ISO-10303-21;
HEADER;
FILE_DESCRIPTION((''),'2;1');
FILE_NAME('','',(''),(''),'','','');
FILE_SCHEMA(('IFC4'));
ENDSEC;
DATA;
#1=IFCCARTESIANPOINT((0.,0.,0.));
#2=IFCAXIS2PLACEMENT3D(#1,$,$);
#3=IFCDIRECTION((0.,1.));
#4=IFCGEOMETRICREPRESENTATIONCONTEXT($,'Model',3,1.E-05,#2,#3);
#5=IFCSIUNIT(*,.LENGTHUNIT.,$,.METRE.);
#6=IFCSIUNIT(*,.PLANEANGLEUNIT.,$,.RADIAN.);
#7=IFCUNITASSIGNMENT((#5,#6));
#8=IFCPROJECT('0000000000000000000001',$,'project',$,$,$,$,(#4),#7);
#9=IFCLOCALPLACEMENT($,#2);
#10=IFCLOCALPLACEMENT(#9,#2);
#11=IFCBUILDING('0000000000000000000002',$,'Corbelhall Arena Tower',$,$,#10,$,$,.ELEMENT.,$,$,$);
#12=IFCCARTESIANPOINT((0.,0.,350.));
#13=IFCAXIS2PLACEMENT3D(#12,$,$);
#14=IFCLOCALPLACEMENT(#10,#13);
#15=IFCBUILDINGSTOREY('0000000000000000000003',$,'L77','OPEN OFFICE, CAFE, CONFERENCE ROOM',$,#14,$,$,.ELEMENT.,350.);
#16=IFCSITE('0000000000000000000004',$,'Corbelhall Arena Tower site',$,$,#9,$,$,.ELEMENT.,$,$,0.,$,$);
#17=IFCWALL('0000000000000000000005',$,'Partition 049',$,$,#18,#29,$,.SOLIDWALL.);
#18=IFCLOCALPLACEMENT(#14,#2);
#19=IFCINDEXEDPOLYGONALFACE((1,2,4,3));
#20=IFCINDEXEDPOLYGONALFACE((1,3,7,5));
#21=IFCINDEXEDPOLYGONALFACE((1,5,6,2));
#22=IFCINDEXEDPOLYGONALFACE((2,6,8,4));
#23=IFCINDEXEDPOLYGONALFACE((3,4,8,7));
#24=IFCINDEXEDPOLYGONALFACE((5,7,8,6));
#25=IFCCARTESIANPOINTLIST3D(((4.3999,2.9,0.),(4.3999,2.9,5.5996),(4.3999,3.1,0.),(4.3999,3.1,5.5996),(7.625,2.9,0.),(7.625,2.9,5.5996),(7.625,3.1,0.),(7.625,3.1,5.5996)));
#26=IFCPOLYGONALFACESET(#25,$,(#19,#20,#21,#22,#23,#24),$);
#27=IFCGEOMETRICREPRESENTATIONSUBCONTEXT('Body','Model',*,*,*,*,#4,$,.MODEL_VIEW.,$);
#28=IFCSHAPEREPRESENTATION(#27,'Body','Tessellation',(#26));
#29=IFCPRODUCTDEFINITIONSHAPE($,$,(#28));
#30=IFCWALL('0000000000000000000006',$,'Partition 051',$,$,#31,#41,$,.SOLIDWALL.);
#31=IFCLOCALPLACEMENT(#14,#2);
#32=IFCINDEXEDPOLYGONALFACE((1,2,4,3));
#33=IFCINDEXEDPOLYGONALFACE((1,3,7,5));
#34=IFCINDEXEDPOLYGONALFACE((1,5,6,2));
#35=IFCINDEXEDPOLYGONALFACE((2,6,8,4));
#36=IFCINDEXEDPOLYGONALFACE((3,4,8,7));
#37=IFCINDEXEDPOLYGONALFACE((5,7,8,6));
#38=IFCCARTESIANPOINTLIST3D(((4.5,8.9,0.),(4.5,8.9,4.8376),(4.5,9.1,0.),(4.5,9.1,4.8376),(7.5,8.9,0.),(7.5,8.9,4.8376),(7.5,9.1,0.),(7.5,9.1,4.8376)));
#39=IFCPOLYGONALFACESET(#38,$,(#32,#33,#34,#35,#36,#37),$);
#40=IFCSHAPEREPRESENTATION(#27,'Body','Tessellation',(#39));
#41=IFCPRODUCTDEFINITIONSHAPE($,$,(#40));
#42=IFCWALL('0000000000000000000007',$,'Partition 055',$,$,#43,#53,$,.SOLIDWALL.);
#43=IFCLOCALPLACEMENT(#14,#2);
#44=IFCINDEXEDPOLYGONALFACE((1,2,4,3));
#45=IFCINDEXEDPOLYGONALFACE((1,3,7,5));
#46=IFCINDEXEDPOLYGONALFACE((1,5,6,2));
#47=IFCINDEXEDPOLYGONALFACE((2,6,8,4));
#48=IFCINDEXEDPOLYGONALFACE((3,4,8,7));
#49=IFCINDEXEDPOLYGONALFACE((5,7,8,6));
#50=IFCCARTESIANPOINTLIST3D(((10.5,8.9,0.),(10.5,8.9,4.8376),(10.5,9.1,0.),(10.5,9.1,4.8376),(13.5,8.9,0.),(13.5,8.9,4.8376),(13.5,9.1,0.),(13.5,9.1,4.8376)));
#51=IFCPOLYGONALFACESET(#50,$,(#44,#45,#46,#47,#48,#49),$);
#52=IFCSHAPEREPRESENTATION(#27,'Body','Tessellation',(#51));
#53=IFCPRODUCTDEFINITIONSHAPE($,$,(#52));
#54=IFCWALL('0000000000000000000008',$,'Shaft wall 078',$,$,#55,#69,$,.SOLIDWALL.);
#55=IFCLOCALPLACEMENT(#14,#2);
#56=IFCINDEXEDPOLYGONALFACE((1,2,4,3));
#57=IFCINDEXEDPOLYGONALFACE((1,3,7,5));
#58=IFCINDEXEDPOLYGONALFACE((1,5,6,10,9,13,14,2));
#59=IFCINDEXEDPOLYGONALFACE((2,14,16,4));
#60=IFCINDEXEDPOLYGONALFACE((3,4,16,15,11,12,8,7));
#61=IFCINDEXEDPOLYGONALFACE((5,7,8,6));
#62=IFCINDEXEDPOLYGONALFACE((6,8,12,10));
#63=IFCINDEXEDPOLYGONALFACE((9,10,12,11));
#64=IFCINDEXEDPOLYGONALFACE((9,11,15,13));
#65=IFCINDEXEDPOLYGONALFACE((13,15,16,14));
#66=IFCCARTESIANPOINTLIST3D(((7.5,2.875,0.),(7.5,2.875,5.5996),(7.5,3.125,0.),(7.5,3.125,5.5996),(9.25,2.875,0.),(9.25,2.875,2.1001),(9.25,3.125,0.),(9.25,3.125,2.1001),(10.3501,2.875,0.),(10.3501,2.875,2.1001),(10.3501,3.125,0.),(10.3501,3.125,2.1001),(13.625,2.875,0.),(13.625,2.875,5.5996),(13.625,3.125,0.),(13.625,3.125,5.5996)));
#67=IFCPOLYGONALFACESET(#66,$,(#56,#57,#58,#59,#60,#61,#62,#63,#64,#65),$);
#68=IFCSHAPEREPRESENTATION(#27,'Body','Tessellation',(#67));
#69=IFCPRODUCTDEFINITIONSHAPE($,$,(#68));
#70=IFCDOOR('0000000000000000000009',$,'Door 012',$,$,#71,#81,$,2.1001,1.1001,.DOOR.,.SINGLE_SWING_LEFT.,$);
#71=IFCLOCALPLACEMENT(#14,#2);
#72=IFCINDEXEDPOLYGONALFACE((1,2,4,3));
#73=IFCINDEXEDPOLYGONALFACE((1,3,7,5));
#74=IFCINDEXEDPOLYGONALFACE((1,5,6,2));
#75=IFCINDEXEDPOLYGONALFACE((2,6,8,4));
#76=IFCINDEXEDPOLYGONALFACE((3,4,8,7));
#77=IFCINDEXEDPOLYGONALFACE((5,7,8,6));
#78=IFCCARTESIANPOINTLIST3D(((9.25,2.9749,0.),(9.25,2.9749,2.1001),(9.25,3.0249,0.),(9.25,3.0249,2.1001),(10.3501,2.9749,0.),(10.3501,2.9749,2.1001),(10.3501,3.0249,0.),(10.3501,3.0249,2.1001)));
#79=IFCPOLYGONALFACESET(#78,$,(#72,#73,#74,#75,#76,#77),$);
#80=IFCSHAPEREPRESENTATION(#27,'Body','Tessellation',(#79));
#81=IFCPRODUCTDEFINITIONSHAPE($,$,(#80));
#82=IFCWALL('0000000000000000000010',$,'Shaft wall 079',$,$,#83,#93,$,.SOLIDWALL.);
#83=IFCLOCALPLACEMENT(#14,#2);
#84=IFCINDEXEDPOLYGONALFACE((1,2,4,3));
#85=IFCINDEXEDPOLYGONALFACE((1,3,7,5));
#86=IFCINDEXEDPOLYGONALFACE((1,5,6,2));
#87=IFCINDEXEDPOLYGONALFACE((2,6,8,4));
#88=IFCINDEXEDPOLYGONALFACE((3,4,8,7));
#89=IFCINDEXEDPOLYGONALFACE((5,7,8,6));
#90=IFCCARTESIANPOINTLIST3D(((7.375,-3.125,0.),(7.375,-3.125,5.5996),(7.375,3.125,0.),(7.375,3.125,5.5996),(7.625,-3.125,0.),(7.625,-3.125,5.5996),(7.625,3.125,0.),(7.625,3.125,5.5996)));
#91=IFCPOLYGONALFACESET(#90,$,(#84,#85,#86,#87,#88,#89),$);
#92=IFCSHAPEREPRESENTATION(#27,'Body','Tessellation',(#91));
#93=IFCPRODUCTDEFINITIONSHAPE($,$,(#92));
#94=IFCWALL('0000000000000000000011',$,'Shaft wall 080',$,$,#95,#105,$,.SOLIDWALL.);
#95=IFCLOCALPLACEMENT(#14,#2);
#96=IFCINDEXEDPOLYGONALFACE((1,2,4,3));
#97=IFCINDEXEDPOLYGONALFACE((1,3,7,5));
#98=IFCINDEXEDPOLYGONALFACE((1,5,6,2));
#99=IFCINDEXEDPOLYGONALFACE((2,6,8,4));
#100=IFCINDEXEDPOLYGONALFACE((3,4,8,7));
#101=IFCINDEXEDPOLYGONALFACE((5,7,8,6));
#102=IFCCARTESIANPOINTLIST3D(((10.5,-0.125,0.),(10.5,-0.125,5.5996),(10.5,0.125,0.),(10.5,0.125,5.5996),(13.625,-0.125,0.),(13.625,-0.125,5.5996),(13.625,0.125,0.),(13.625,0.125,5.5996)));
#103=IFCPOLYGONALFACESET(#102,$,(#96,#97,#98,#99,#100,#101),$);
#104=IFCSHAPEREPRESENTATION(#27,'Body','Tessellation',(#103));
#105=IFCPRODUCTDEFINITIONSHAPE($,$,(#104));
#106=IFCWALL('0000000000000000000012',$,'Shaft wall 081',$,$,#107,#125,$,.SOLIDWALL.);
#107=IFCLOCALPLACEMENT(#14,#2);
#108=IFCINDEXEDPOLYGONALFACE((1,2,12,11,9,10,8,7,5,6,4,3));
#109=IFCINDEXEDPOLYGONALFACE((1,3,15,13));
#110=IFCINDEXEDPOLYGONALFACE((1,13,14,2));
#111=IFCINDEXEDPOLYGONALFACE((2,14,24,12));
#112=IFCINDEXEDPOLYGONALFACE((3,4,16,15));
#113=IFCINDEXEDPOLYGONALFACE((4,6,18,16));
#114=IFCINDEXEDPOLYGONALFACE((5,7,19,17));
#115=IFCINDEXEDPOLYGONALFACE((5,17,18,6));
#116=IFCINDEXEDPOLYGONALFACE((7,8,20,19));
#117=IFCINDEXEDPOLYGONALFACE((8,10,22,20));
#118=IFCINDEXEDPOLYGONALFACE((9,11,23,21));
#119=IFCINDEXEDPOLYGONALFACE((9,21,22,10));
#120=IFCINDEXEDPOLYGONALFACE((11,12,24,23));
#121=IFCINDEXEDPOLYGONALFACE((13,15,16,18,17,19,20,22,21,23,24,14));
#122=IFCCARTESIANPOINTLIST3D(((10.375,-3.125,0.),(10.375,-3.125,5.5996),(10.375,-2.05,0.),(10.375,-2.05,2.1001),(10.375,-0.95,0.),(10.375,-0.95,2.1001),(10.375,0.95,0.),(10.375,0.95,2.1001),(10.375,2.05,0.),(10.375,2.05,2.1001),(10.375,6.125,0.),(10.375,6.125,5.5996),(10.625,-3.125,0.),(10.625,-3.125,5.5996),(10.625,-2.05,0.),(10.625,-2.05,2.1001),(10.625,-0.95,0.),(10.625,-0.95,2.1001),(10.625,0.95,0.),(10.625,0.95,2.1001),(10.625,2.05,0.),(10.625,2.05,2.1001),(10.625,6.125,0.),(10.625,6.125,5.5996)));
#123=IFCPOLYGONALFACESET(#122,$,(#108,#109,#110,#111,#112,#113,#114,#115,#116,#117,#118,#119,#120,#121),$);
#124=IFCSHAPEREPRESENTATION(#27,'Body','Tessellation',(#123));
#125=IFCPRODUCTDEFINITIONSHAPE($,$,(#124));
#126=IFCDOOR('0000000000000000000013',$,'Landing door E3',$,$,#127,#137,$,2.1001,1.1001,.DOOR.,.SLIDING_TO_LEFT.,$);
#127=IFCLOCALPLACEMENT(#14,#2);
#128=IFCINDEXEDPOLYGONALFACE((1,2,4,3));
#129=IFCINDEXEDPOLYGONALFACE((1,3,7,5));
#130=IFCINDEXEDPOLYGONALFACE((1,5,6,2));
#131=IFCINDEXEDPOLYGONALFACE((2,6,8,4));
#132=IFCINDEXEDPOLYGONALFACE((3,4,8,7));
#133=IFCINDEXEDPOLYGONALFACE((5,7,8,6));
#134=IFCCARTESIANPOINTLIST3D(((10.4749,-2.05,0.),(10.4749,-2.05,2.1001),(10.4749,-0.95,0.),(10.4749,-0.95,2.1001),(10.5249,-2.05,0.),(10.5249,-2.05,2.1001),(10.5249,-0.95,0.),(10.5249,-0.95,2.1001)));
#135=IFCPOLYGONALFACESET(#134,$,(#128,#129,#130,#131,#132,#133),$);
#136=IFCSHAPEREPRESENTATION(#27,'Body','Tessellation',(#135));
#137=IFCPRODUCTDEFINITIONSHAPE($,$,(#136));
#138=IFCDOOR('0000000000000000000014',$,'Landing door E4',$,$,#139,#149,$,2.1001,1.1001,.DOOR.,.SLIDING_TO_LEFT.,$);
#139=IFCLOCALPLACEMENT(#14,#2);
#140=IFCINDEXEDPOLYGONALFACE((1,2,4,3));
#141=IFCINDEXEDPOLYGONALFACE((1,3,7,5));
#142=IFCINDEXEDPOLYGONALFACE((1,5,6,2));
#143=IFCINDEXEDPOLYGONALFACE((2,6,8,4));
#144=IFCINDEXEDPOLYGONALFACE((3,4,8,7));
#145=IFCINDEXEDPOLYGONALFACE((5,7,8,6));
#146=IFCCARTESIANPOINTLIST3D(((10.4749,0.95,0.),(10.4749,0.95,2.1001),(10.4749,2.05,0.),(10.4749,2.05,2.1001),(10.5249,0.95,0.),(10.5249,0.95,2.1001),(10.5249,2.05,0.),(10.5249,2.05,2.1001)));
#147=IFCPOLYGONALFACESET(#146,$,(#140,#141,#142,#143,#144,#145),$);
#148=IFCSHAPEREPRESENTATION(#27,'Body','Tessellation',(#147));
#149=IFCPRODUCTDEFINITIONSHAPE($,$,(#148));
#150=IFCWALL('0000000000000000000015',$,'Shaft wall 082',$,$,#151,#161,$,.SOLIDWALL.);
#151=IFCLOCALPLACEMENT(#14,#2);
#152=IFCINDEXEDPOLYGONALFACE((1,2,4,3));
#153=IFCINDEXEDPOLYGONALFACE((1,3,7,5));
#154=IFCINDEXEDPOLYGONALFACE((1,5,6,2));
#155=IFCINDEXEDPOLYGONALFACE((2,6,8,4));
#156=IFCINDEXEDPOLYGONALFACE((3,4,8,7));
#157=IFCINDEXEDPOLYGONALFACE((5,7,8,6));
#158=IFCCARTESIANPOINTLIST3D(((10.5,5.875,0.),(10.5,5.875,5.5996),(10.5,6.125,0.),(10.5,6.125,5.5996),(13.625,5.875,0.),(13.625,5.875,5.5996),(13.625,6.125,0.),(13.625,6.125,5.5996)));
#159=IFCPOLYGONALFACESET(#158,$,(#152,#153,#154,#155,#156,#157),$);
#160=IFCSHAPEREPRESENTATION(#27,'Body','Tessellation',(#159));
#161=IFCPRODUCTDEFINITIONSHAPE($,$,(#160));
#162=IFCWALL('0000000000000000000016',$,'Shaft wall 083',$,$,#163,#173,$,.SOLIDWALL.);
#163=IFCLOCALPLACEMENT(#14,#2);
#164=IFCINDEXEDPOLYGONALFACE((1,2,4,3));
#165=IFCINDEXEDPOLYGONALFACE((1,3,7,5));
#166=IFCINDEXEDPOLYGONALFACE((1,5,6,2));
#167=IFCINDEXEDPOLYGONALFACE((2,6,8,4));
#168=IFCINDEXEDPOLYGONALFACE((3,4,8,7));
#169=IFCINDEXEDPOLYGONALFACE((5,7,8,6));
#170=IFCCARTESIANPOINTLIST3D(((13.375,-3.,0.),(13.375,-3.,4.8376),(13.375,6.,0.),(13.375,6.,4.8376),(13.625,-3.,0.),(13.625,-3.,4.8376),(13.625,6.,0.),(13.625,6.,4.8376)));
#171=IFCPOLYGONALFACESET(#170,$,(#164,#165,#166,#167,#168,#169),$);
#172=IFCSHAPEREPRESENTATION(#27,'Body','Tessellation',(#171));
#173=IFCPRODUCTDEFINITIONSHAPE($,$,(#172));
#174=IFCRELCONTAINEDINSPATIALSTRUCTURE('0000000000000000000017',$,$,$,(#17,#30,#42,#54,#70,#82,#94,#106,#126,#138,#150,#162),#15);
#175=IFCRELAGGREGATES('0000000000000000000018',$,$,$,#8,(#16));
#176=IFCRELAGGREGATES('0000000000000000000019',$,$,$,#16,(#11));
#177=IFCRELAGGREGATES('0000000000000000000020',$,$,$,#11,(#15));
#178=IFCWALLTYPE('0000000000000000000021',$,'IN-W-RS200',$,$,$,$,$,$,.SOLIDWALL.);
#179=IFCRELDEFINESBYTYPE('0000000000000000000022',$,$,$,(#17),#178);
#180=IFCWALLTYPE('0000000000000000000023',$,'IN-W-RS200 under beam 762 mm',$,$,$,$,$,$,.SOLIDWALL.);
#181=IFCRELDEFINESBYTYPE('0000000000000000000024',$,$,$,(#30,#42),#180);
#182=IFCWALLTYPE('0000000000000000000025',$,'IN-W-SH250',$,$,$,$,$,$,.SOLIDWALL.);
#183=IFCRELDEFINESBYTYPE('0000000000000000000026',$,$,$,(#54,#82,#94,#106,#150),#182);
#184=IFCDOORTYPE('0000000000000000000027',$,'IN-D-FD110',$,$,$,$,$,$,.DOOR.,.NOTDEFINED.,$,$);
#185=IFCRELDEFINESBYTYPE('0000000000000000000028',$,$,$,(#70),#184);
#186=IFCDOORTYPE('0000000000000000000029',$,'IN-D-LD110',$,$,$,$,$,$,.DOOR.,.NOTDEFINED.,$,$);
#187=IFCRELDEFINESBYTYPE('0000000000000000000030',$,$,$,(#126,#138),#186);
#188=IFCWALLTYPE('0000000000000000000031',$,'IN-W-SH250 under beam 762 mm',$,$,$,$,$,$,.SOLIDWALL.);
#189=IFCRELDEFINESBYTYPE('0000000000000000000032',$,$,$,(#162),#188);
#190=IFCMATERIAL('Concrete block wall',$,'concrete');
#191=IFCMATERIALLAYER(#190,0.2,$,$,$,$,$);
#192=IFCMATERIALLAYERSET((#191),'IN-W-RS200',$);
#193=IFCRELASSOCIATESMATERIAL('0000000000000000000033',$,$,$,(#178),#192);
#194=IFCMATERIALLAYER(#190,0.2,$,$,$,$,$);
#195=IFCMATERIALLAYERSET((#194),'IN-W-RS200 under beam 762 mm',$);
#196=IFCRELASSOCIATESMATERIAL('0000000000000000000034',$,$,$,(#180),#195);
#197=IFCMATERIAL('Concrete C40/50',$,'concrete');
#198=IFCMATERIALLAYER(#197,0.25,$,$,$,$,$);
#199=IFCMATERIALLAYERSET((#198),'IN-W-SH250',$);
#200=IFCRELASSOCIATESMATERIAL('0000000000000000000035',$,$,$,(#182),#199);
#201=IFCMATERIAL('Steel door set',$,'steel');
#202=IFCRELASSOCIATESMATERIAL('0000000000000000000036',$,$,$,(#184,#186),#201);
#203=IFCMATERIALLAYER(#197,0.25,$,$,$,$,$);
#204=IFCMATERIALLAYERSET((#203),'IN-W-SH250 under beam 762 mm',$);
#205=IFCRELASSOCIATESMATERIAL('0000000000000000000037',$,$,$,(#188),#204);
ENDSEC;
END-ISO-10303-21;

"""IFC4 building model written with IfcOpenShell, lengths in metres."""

from ifc_helpers import new_model, si_unit, direction, frame, frame_2d, origin, place, context, subcontext, project, spatial, rectangle, extrude, material, layer, layer_set, type_object, element, fill, save


model = new_model("IFC4")

# Units and contexts
model_context = context("Model", 3, precision=1e-05, world=origin(), true_north=direction((0.0, 1.0)))
body_context = subcontext(model_context, "Body", "Model", "MODEL_VIEW")
ifc_project = project(units=[si_unit("LENGTHUNIT", "METRE"), si_unit("PLANEANGLEUNIT", "RADIAN")], contexts=[model_context])

# Site, building, storey
site_placement = place(None, origin())
site = spatial("IfcSite", under=ifc_project, at=site_placement, Name="Corbelhall Arena Tower site", CompositionType="ELEMENT", RefElevation=0.0)
building_placement = place(site_placement, origin())
building = spatial("IfcBuilding", under=site, at=building_placement, Name="Corbelhall Arena Tower", CompositionType="ELEMENT")
storey_placement = place(building_placement, frame((0.0, 0.0, 350.0)))
storey = spatial("IfcBuildingStorey", under=building, at=storey_placement, Name="L77", Description="OPEN OFFICE, CAFE, CONFERENCE ROOM", CompositionType="ELEMENT", Elevation=350.0)

# Shared definitions
ifc_material_1 = material(Name="Concrete C40/50", Category="concrete")

# Walls
ifc_material_2 = material(Name="Concrete block wall", Category="concrete")
ifc_layer_1 = layer(ifc_material_2, 0.2)
ifc_layer_set_1 = layer_set([ifc_layer_1], Name="IN-W-RS200")
wall_type_1 = type_object("IfcWallType", Name="IN-W-RS200", PredefinedType="SOLIDWALL", material=ifc_layer_set_1)
wall_1_placement = place(storey_placement, frame((4.3999, 3.0, 0.0), z_axis=(0.0, 0.0, 1.0), x_axis=(1.0, 0.0, 0.0)))
element("IfcWall", 1, at=wall_1_placement, inside=storey, type_object=wall_type_1, Name="Partition 049", PredefinedType="SOLIDWALL", context=body_context, shape_type="SweptSolid", body=[
    extrude(rectangle(XDim=3.2251, YDim=0.2, at=frame_2d((1.6125, 0.0))), origin(), (0.0, 0.0, 1.0), 5.5996),
])
ifc_layer_2 = layer(ifc_material_2, 0.2)
ifc_layer_set_2 = layer_set([ifc_layer_2], Name="IN-W-RS200 under beam 762 mm")
wall_type_2 = type_object("IfcWallType", Name="IN-W-RS200 under beam 762 mm", PredefinedType="SOLIDWALL", material=ifc_layer_set_2)
for number, where, z_axis, x_axis, name in (
    (2, (4.5, 9.0, 0.0), (0.0, 0.0, 1.0), (1.0, 0.0, 0.0), "Partition 051"),
    (3, (10.5, 9.0, 0.0), (0.0, 0.0, 1.0), (1.0, 0.0, 0.0), "Partition 055"),
):
    element("IfcWall", number, at=place(storey_placement, frame(where, z_axis=z_axis, x_axis=x_axis)), inside=storey, type_object=wall_type_2, Name=name, PredefinedType="SOLIDWALL", context=body_context, shape_type="SweptSolid", body=[
        extrude(rectangle(XDim=3.0, YDim=0.2, at=frame_2d((1.5, 0.0))), origin(), (0.0, 0.0, 1.0), 4.8376),
    ])

# Wall, opening, door
ifc_layer_3 = layer(ifc_material_1, 0.25)
ifc_layer_set_3 = layer_set([ifc_layer_3], Name="IN-W-SH250")
wall_type_3 = type_object("IfcWallType", Name="IN-W-SH250", PredefinedType="SOLIDWALL", material=ifc_layer_set_3)
wall_2_placement = place(storey_placement, frame((7.5, 3.0, 0.0), z_axis=(0.0, 0.0, 1.0), x_axis=(1.0, 0.0, 0.0)))
wall_2 = element("IfcWall", 4, at=wall_2_placement, inside=storey, type_object=wall_type_3, Name="Shaft wall 078", PredefinedType="SOLIDWALL", context=body_context, shape_type="SweptSolid", body=[
    extrude(rectangle(XDim=6.125, YDim=0.25, at=frame_2d((3.0625, 0.0))), origin(), (0.0, 0.0, 1.0), 5.5996),
])
opening_1_placement = place(wall_2_placement, frame((1.75, 0.0, 0.0)))
opening_1 = element("IfcOpeningElement", 5, at=opening_1_placement, cuts=wall_2, PredefinedType="OPENING", context=body_context, shape_type="SweptSolid", body=[
    extrude(rectangle(XDim=1.1001, YDim=2.1001, at=frame_2d((0.55, 1.05))), frame((0.0, 0.125, 0.0), z_axis=(0.0, -1.0, 0.0), x_axis=(1.0, 0.0, 0.0)), (0.0, 0.0, 1.0), 0.25),
])
ifc_material_3 = material(Name="Steel door set", Category="steel")
door_type_1 = type_object("IfcDoorType", Name="IN-D-FD110", OperationType="NOTDEFINED", PredefinedType="DOOR", material=ifc_material_3)
door_1_placement = place(opening_1_placement, origin())
door_1 = element("IfcDoor", 6, at=door_1_placement, inside=storey, type_object=door_type_1, Name="Door 012", OperationType="SINGLE_SWING_LEFT", OverallHeight=2.1001, OverallWidth=1.1001, PredefinedType="DOOR", context=body_context, shape_type="SweptSolid", body=[
    extrude(rectangle(XDim=1.1001, YDim=2.1001, at=frame_2d((0.55, 1.05))), frame((0.0, 0.0249, 0.0), z_axis=(0.0, -1.0, 0.0), x_axis=(1.0, 0.0, 0.0)), (0.0, 0.0, 1.0), 0.05),
])
fill(opening_1, door_1)

# Walls
wall_3_placement = place(storey_placement, frame((7.5, 3.125, 0.0), z_axis=(0.0, 0.0, 1.0), x_axis=(0.0, -1.0, 0.0)))
element("IfcWall", 7, at=wall_3_placement, inside=storey, type_object=wall_type_3, Name="Shaft wall 079", PredefinedType="SOLIDWALL", context=body_context, shape_type="SweptSolid", body=[
    extrude(rectangle(XDim=6.25, YDim=0.25, at=frame_2d((3.125, 0.0))), origin(), (0.0, 0.0, 1.0), 5.5996),
])
wall_4_placement = place(storey_placement, frame((10.5, 0.0, 0.0), z_axis=(0.0, 0.0, 1.0), x_axis=(1.0, 0.0, 0.0)))
element("IfcWall", 8, at=wall_4_placement, inside=storey, type_object=wall_type_3, Name="Shaft wall 080", PredefinedType="SOLIDWALL", context=body_context, shape_type="SweptSolid", body=[
    extrude(rectangle(XDim=3.125, YDim=0.25, at=frame_2d((1.5625, 0.0))), origin(), (0.0, 0.0, 1.0), 5.5996),
])

# Wall, openings, doors
wall_5_placement = place(storey_placement, frame((10.5, 6.125, 0.0), z_axis=(0.0, 0.0, 1.0), x_axis=(0.0, -1.0, 0.0)))
wall_5 = element("IfcWall", 9, at=wall_5_placement, inside=storey, type_object=wall_type_3, Name="Shaft wall 081", PredefinedType="SOLIDWALL", context=body_context, shape_type="SweptSolid", body=[
    extrude(rectangle(XDim=9.25, YDim=0.25, at=frame_2d((4.625, 0.0))), origin(), (0.0, 0.0, 1.0), 5.5996),
])
opening_2_placement = place(wall_5_placement, frame((7.075, 0.0, 0.0)))
opening_2 = element("IfcOpeningElement", 10, at=opening_2_placement, cuts=wall_5, PredefinedType="OPENING", context=body_context, shape_type="SweptSolid", body=[
    extrude(rectangle(XDim=1.1001, YDim=2.1001, at=frame_2d((0.55, 1.05))), frame((0.0, 0.125, 0.0), z_axis=(0.0, -1.0, 0.0), x_axis=(1.0, 0.0, 0.0)), (0.0, 0.0, 1.0), 0.25),
])
opening_3_placement = place(wall_5_placement, frame((4.075, 0.0, 0.0)))
opening_3 = element("IfcOpeningElement", 11, at=opening_3_placement, cuts=wall_5, PredefinedType="OPENING", context=body_context, shape_type="SweptSolid", body=[
    extrude(rectangle(XDim=1.1001, YDim=2.1001, at=frame_2d((0.55, 1.05))), frame((0.0, 0.125, 0.0), z_axis=(0.0, -1.0, 0.0), x_axis=(1.0, 0.0, 0.0)), (0.0, 0.0, 1.0), 0.25),
])
door_type_2 = type_object("IfcDoorType", Name="IN-D-LD110", OperationType="NOTDEFINED", PredefinedType="DOOR", material=ifc_material_3)
door_2_placement = place(opening_2_placement, origin())
door_2 = element("IfcDoor", 12, at=door_2_placement, inside=storey, type_object=door_type_2, Name="Landing door E3", OperationType="SLIDING_TO_LEFT", OverallHeight=2.1001, OverallWidth=1.1001, PredefinedType="DOOR", context=body_context, shape_type="SweptSolid", body=[
    extrude(rectangle(XDim=1.1001, YDim=2.1001, at=frame_2d((0.55, 1.05))), frame((0.0, 0.0249, 0.0), z_axis=(0.0, -1.0, 0.0), x_axis=(1.0, 0.0, 0.0)), (0.0, 0.0, 1.0), 0.05),
])
fill(opening_2, door_2)
door_3_placement = place(opening_3_placement, origin())
door_3 = element("IfcDoor", 13, at=door_3_placement, inside=storey, type_object=door_type_2, Name="Landing door E4", OperationType="SLIDING_TO_LEFT", OverallHeight=2.1001, OverallWidth=1.1001, PredefinedType="DOOR", context=body_context, shape_type="SweptSolid", body=[
    extrude(rectangle(XDim=1.1001, YDim=2.1001, at=frame_2d((0.55, 1.05))), frame((0.0, 0.0249, 0.0), z_axis=(0.0, -1.0, 0.0), x_axis=(1.0, 0.0, 0.0)), (0.0, 0.0, 1.0), 0.05),
])
fill(opening_3, door_3)

# Walls
wall_6_placement = place(storey_placement, frame((10.5, 6.0, 0.0), z_axis=(0.0, 0.0, 1.0), x_axis=(1.0, 0.0, 0.0)))
element("IfcWall", 14, at=wall_6_placement, inside=storey, type_object=wall_type_3, Name="Shaft wall 082", PredefinedType="SOLIDWALL", context=body_context, shape_type="SweptSolid", body=[
    extrude(rectangle(XDim=3.125, YDim=0.25, at=frame_2d((1.5625, 0.0))), origin(), (0.0, 0.0, 1.0), 5.5996),
])
ifc_layer_4 = layer(ifc_material_1, 0.25)
ifc_layer_set_4 = layer_set([ifc_layer_4], Name="IN-W-SH250 under beam 762 mm")
wall_type_4 = type_object("IfcWallType", Name="IN-W-SH250 under beam 762 mm", PredefinedType="SOLIDWALL", material=ifc_layer_set_4)
wall_7_placement = place(storey_placement, frame((13.5, 6.0, 0.0), z_axis=(0.0, 0.0, 1.0), x_axis=(0.0, -1.0, 0.0)))
element("IfcWall", 15, at=wall_7_placement, inside=storey, type_object=wall_type_4, Name="Shaft wall 083", PredefinedType="SOLIDWALL", context=body_context, shape_type="SweptSolid", body=[
    extrude(rectangle(XDim=9.0, YDim=0.25, at=frame_2d((4.5, 0.0))), origin(), (0.0, 0.0, 1.0), 4.8376),
])

save(model, "model.ifc")
